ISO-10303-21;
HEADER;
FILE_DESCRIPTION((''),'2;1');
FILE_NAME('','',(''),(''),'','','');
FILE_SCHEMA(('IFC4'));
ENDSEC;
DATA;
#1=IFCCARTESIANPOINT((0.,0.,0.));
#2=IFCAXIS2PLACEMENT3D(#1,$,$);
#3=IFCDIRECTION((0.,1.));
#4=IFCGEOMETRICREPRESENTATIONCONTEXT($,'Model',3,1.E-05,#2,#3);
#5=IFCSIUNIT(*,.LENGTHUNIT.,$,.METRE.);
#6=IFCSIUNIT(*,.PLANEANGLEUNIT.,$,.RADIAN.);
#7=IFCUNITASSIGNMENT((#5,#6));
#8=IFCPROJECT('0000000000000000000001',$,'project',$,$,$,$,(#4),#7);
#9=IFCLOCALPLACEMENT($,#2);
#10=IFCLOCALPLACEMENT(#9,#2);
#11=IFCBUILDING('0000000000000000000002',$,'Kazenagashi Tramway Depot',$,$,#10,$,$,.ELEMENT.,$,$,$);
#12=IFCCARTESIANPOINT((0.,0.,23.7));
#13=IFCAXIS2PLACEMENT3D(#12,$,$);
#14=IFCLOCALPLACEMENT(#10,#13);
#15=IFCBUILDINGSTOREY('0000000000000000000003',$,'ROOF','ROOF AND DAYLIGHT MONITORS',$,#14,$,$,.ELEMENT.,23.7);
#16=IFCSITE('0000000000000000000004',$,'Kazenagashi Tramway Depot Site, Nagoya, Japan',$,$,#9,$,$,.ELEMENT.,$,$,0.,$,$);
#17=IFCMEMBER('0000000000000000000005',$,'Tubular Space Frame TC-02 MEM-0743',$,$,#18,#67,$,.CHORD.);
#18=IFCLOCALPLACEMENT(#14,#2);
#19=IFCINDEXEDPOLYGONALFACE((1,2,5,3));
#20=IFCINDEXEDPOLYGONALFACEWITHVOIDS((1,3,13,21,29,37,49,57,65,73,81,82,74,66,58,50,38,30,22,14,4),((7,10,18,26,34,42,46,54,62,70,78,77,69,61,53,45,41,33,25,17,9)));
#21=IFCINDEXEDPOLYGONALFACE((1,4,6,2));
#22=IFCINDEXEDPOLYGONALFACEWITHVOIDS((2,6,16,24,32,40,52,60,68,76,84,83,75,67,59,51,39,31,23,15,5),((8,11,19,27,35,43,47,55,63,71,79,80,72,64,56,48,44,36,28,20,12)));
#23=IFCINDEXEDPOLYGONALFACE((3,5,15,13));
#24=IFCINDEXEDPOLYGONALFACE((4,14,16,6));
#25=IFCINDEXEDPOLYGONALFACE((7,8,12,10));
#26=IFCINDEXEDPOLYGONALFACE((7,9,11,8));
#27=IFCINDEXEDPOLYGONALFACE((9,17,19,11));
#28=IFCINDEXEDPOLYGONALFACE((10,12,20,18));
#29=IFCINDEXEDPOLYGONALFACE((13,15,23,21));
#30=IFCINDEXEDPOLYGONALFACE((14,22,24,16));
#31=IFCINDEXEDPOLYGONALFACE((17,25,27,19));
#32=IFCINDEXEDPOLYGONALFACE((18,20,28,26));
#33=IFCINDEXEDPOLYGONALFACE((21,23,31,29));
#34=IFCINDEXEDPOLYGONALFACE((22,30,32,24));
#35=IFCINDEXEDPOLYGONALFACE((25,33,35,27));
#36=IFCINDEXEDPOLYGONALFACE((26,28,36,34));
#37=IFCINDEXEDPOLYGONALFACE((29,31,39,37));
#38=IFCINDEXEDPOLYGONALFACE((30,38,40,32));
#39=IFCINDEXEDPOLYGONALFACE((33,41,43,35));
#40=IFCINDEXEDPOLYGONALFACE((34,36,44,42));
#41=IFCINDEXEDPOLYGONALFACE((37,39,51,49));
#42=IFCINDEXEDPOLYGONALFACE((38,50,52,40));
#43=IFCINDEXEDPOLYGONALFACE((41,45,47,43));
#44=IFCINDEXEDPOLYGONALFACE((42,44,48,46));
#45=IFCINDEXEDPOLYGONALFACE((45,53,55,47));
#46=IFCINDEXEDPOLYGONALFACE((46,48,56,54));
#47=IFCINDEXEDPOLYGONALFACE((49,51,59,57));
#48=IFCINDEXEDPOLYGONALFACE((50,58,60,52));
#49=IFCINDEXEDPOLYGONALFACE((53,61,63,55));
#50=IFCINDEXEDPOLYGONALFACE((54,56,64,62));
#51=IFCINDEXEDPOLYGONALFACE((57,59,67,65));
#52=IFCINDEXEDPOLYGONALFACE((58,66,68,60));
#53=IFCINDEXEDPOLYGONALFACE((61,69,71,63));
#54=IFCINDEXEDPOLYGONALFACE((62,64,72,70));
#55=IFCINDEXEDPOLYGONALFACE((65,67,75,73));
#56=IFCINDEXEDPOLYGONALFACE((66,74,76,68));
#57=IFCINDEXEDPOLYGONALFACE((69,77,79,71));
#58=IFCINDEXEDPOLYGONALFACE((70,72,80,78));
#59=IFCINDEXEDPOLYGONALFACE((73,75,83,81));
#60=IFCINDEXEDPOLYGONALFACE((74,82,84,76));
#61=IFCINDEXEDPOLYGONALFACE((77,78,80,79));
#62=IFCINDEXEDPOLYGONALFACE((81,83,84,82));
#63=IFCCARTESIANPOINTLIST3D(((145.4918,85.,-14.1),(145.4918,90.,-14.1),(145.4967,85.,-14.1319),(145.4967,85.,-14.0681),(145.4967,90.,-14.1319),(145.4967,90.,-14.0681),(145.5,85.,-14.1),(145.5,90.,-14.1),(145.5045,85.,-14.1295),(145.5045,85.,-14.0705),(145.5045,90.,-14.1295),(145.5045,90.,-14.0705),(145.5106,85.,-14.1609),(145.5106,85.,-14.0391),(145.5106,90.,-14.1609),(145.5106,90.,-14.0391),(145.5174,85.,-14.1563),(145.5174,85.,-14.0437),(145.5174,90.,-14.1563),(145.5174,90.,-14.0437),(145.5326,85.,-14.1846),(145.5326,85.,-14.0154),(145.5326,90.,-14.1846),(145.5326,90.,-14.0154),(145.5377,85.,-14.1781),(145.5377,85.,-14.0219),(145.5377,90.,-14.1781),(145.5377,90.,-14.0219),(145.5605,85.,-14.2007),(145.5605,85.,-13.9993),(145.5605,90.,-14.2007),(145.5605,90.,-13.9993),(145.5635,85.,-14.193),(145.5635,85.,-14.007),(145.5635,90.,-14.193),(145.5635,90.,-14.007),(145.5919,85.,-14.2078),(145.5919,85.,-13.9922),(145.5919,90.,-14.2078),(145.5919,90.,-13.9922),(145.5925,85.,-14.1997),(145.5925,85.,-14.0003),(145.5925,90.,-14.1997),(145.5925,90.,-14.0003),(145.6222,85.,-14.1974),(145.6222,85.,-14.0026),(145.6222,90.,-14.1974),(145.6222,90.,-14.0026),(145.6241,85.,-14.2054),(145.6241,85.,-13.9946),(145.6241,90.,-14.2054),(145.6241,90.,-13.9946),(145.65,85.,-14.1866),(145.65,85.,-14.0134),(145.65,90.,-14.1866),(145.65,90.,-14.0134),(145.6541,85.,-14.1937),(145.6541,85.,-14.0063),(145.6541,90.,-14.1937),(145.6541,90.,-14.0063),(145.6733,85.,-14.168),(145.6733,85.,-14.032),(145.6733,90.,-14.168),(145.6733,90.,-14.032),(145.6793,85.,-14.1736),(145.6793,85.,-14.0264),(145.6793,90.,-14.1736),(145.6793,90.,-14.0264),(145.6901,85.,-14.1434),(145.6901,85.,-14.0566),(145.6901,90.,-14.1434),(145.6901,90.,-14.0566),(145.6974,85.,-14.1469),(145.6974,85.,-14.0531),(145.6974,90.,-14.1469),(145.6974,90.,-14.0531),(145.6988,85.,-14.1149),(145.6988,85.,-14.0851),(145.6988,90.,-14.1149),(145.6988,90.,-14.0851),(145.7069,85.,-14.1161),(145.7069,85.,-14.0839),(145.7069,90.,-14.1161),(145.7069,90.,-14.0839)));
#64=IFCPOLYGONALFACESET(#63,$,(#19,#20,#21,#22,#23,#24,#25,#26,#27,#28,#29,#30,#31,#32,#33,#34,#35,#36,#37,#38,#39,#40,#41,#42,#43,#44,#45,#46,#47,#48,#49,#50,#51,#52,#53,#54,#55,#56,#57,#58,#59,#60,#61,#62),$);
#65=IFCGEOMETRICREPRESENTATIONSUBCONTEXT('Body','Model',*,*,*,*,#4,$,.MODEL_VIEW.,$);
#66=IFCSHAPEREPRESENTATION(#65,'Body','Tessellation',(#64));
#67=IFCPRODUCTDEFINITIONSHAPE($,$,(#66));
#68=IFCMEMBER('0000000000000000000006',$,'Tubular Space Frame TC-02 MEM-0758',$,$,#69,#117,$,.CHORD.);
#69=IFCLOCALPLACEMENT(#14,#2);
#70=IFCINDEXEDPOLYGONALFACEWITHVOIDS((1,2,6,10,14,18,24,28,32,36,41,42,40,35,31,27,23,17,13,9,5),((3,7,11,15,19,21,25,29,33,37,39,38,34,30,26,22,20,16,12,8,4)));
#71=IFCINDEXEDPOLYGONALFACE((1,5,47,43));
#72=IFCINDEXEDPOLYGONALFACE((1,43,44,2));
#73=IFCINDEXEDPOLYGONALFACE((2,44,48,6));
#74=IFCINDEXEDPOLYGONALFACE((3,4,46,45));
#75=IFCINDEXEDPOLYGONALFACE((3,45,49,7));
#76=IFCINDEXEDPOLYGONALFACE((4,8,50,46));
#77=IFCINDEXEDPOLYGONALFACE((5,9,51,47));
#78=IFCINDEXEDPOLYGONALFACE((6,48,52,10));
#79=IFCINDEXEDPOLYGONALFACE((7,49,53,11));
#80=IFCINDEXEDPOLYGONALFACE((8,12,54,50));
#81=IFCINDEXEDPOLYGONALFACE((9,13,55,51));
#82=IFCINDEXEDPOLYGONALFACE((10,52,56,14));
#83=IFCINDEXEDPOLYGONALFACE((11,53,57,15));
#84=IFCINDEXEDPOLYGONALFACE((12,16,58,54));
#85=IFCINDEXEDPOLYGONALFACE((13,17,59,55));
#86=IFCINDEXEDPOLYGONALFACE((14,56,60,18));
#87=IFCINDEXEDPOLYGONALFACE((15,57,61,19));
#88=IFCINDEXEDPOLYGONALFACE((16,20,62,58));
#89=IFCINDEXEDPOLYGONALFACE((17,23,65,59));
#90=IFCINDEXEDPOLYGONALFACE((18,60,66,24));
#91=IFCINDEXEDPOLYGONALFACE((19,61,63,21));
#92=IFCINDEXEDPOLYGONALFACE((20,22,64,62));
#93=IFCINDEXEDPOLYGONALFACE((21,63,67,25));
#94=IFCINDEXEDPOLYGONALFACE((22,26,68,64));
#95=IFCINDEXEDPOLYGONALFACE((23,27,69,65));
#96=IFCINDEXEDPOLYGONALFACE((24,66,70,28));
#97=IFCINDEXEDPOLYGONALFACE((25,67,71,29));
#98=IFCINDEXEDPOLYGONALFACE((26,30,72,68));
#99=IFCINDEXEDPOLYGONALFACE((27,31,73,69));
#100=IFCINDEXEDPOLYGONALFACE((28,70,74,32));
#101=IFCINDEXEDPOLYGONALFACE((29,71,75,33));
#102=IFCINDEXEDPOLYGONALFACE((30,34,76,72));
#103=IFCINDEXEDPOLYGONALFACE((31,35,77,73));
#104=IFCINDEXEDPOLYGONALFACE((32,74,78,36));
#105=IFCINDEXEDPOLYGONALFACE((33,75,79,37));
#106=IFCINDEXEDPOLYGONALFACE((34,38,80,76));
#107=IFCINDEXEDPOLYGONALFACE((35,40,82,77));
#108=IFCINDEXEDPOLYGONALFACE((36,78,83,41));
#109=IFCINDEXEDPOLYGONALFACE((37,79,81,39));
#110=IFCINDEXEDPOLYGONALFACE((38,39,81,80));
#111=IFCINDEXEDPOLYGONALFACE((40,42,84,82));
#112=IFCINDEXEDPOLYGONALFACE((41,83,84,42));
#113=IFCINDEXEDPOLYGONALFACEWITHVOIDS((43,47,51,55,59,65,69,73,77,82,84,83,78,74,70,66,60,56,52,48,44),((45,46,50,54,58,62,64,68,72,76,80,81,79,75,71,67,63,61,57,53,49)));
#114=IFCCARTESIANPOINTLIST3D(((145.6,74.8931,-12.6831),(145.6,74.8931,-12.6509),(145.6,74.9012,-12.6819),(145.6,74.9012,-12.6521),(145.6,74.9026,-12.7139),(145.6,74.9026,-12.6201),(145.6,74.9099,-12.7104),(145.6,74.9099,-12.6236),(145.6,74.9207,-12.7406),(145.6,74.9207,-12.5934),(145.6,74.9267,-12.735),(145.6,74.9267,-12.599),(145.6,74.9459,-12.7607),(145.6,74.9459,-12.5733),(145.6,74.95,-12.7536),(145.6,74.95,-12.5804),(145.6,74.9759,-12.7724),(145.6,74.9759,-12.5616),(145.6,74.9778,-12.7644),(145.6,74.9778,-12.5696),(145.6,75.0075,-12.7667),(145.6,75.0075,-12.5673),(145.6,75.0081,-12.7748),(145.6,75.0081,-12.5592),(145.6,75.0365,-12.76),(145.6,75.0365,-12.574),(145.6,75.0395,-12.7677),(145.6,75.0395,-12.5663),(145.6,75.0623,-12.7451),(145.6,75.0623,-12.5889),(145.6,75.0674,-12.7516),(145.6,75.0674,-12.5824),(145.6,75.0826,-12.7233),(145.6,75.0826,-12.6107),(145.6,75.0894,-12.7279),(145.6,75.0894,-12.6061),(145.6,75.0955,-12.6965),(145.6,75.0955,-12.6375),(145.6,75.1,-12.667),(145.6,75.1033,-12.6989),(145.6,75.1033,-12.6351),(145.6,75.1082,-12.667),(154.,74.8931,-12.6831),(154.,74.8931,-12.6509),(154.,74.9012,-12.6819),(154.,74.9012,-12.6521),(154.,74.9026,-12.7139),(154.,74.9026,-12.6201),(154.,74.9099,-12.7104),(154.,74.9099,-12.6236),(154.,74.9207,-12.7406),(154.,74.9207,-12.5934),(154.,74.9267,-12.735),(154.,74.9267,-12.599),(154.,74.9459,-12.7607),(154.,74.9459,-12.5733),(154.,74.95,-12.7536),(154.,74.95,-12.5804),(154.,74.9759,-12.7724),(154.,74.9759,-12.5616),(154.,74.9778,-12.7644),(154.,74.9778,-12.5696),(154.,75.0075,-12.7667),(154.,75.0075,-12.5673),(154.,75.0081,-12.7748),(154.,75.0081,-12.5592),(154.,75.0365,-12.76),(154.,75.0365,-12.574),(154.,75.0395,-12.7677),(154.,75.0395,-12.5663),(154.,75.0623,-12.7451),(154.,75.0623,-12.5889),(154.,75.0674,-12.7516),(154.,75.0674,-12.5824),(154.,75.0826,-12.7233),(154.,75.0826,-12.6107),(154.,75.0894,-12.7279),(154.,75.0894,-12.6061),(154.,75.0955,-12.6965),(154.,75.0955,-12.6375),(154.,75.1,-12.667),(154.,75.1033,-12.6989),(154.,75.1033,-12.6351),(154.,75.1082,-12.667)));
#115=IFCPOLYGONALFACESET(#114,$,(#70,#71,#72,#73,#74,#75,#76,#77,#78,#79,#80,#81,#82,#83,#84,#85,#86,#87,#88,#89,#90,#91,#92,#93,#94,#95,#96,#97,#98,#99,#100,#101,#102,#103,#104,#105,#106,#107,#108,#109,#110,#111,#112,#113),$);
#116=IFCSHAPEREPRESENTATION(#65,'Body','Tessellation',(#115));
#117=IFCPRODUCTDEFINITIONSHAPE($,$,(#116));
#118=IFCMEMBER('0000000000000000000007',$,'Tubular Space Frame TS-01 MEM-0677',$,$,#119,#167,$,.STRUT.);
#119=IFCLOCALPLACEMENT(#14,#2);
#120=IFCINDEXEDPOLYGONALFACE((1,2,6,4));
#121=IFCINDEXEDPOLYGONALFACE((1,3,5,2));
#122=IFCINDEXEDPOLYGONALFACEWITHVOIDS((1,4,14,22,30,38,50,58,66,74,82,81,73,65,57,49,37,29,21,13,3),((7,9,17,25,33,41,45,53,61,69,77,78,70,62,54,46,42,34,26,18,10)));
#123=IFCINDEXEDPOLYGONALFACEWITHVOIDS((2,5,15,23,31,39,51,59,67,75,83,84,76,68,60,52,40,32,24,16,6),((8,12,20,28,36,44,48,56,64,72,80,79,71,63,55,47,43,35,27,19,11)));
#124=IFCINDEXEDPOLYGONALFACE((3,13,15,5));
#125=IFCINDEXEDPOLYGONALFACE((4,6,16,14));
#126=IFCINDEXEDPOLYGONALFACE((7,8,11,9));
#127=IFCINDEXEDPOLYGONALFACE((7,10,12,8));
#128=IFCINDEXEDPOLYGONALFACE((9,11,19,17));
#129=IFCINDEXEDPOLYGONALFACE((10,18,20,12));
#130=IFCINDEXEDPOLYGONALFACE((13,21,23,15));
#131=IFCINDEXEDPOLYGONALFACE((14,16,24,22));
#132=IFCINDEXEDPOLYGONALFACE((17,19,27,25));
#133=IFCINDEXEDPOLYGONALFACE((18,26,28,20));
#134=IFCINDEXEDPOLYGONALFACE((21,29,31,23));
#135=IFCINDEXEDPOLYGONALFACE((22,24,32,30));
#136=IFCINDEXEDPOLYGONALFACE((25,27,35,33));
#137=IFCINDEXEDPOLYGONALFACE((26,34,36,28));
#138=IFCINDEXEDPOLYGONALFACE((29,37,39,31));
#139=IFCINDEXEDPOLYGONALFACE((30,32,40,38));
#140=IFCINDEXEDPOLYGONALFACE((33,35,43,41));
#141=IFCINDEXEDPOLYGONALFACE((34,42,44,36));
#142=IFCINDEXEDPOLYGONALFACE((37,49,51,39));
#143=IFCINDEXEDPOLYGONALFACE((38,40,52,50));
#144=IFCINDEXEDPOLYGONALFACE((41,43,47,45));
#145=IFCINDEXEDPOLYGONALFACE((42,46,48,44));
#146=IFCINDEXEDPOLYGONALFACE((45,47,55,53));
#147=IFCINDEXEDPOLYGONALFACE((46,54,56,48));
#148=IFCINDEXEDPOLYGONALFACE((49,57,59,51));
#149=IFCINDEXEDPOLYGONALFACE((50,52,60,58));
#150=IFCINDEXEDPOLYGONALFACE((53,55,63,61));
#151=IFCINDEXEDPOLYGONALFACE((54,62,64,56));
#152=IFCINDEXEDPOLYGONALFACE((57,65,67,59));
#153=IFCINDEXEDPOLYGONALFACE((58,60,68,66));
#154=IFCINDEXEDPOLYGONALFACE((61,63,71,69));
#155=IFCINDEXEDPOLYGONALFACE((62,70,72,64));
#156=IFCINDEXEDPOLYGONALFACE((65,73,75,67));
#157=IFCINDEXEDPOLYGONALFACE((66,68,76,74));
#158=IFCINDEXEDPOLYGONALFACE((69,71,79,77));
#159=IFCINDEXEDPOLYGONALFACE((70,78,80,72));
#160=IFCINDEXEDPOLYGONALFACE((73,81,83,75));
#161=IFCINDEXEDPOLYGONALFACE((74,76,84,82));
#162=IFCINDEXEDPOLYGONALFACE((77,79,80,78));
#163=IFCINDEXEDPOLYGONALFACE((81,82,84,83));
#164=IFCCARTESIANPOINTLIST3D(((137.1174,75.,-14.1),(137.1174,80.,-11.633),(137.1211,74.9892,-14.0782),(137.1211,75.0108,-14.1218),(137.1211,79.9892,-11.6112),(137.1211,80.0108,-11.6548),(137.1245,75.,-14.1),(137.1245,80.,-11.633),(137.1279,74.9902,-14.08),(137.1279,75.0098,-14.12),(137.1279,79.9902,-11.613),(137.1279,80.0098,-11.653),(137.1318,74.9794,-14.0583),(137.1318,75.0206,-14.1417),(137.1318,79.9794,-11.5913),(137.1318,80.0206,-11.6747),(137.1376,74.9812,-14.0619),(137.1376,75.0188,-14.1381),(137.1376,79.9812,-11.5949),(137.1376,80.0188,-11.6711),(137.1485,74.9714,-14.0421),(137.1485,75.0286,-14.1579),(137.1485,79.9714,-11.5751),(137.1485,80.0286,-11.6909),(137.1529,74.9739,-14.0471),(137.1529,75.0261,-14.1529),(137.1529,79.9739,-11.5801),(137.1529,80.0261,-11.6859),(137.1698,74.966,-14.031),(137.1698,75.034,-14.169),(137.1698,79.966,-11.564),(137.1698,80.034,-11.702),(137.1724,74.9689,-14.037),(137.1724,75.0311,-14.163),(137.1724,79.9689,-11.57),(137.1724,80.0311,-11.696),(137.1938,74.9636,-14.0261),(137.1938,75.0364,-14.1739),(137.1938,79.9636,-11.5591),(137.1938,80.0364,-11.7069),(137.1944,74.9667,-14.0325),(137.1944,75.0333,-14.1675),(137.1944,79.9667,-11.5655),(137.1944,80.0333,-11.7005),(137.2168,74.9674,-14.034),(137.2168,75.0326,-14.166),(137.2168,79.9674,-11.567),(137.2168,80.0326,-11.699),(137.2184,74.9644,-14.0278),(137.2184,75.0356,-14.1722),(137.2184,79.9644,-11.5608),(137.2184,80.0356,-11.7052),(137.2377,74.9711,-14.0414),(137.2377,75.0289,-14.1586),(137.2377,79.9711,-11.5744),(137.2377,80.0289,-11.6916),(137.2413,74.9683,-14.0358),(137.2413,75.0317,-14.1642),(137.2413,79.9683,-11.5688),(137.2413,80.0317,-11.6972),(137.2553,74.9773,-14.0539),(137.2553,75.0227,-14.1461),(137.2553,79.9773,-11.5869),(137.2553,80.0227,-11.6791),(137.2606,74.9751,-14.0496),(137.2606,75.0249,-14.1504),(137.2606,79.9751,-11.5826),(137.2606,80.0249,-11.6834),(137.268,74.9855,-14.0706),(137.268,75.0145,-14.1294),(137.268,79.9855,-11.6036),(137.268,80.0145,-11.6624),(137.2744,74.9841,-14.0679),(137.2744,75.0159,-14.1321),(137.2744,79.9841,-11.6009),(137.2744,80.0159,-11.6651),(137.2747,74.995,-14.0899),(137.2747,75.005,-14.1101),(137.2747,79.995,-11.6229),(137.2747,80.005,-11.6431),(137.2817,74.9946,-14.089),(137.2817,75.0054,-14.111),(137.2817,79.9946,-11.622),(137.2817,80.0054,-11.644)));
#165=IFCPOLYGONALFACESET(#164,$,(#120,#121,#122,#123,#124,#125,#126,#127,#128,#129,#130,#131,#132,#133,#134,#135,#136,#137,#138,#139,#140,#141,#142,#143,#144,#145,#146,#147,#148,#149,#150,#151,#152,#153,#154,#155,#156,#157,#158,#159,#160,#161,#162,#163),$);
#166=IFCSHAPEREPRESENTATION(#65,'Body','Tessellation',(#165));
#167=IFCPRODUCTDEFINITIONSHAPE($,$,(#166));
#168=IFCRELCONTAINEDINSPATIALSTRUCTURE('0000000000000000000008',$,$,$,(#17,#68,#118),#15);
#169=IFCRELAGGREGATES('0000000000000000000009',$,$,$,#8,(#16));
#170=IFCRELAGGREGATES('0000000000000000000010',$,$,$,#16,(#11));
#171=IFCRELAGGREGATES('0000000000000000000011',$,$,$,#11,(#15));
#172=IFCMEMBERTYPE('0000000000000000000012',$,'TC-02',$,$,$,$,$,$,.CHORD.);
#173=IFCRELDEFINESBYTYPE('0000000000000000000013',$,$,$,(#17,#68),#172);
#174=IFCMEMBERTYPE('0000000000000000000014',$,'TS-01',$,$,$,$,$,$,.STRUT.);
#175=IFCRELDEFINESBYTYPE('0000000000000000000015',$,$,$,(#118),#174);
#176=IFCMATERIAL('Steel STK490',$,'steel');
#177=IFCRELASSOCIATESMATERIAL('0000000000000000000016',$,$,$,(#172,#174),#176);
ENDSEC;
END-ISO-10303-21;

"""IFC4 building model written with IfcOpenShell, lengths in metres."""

from ifc_helpers import new_model, si_unit, direction, frame, origin, origin_2d, place, context, subcontext, project, spatial, hollow_circle, extrude, material, material_profile, profile_set, type_object, element, save


model = new_model("IFC4")

# Units and contexts
model_context = context("Model", 3, precision=1e-05, world=origin(), true_north=direction((0.0, 1.0)))
body_context = subcontext(model_context, "Body", "Model", "MODEL_VIEW")
ifc_project = project(units=[si_unit("LENGTHUNIT", "METRE"), si_unit("PLANEANGLEUNIT", "RADIAN")], contexts=[model_context])

# Site, building, storey
site_placement = place(None, origin())
site = spatial("IfcSite", under=ifc_project, at=site_placement, Name="Kazenagashi Tramway Depot Site, Nagoya, Japan", CompositionType="ELEMENT", RefElevation=0.0)
building_placement = place(site_placement, origin())
building = spatial("IfcBuilding", under=site, at=building_placement, Name="Kazenagashi Tramway Depot", CompositionType="ELEMENT")
storey_placement = place(building_placement, frame((0.0, 0.0, 23.7)))
storey = spatial("IfcBuildingStorey", under=building, at=storey_placement, Name="ROOF", Description="ROOF AND DAYLIGHT MONITORS", CompositionType="ELEMENT", Elevation=23.7)

# Members
ifc_material_1 = material(Name="Steel STK490", Category="steel")
ifc_material_profile_1 = material_profile(ifc_material_1, hollow_circle(Radius=0.1081, WallThickness=0.0082, at=origin_2d()), Name="CHS-216.3x8.2")
ifc_profile_set_1 = profile_set([ifc_material_profile_1], Name="Steel STK490")
member_type_1 = type_object("IfcMemberType", Name="TC-02", PredefinedType="CHORD", material=ifc_profile_set_1)
for number, where, z_axis, x_axis, name in (
    (1, (145.6, 85.0, -14.1), (0.0, 1.0, 0.0), (-1.0, 0.0, 0.0), "Tubular Space Frame TC-02 MEM-0743"),
):
    element("IfcMember", number, at=place(storey_placement, frame(where, z_axis=z_axis, x_axis=x_axis)), inside=storey, type_object=member_type_1, Name=name, PredefinedType="CHORD", context=body_context, shape_type="SweptSolid", body=[
        extrude(hollow_circle(Radius=0.1081, WallThickness=0.0082, at=origin_2d()), origin(), (0.0, 0.0, 1.0), 5.0),
    ])
member_1_placement = place(storey_placement, frame((145.6, 75.0, -12.667), z_axis=(1.0, 0.0, 0.0), x_axis=(0.0, 1.0, 0.0)))
element("IfcMember", 2, at=member_1_placement, inside=storey, type_object=member_type_1, Name="Tubular Space Frame TC-02 MEM-0758", PredefinedType="CHORD", context=body_context, shape_type="SweptSolid", body=[
    extrude(hollow_circle(Radius=0.1081, WallThickness=0.0082, at=origin_2d()), origin(), (0.0, 0.0, 1.0), 8.4),
])
ifc_material_profile_2 = material_profile(ifc_material_1, hollow_circle(Radius=0.0826, WallThickness=0.0071, at=origin_2d()), Name="CHS-165.2x7.1")
ifc_profile_set_2 = profile_set([ifc_material_profile_2], Name="Steel STK490")
member_type_2 = type_object("IfcMemberType", Name="TS-01", PredefinedType="STRUT", material=ifc_profile_set_2)
member_2_placement = place(storey_placement, frame((137.2, 75.0, -14.1), z_axis=(0.0, 0.896782, 0.442472), x_axis=(-1.0, 0.0, 0.0)))
element("IfcMember", 3, at=member_2_placement, inside=storey, type_object=member_type_2, Name="Tubular Space Frame TS-01 MEM-0677", PredefinedType="STRUT", context=body_context, shape_type="SweptSolid", body=[
    extrude(hollow_circle(Radius=0.0826, WallThickness=0.0071, at=origin_2d()), origin(), (0.0, 0.0, 1.0), 5.5755),
])

save(model, "model.ifc")
